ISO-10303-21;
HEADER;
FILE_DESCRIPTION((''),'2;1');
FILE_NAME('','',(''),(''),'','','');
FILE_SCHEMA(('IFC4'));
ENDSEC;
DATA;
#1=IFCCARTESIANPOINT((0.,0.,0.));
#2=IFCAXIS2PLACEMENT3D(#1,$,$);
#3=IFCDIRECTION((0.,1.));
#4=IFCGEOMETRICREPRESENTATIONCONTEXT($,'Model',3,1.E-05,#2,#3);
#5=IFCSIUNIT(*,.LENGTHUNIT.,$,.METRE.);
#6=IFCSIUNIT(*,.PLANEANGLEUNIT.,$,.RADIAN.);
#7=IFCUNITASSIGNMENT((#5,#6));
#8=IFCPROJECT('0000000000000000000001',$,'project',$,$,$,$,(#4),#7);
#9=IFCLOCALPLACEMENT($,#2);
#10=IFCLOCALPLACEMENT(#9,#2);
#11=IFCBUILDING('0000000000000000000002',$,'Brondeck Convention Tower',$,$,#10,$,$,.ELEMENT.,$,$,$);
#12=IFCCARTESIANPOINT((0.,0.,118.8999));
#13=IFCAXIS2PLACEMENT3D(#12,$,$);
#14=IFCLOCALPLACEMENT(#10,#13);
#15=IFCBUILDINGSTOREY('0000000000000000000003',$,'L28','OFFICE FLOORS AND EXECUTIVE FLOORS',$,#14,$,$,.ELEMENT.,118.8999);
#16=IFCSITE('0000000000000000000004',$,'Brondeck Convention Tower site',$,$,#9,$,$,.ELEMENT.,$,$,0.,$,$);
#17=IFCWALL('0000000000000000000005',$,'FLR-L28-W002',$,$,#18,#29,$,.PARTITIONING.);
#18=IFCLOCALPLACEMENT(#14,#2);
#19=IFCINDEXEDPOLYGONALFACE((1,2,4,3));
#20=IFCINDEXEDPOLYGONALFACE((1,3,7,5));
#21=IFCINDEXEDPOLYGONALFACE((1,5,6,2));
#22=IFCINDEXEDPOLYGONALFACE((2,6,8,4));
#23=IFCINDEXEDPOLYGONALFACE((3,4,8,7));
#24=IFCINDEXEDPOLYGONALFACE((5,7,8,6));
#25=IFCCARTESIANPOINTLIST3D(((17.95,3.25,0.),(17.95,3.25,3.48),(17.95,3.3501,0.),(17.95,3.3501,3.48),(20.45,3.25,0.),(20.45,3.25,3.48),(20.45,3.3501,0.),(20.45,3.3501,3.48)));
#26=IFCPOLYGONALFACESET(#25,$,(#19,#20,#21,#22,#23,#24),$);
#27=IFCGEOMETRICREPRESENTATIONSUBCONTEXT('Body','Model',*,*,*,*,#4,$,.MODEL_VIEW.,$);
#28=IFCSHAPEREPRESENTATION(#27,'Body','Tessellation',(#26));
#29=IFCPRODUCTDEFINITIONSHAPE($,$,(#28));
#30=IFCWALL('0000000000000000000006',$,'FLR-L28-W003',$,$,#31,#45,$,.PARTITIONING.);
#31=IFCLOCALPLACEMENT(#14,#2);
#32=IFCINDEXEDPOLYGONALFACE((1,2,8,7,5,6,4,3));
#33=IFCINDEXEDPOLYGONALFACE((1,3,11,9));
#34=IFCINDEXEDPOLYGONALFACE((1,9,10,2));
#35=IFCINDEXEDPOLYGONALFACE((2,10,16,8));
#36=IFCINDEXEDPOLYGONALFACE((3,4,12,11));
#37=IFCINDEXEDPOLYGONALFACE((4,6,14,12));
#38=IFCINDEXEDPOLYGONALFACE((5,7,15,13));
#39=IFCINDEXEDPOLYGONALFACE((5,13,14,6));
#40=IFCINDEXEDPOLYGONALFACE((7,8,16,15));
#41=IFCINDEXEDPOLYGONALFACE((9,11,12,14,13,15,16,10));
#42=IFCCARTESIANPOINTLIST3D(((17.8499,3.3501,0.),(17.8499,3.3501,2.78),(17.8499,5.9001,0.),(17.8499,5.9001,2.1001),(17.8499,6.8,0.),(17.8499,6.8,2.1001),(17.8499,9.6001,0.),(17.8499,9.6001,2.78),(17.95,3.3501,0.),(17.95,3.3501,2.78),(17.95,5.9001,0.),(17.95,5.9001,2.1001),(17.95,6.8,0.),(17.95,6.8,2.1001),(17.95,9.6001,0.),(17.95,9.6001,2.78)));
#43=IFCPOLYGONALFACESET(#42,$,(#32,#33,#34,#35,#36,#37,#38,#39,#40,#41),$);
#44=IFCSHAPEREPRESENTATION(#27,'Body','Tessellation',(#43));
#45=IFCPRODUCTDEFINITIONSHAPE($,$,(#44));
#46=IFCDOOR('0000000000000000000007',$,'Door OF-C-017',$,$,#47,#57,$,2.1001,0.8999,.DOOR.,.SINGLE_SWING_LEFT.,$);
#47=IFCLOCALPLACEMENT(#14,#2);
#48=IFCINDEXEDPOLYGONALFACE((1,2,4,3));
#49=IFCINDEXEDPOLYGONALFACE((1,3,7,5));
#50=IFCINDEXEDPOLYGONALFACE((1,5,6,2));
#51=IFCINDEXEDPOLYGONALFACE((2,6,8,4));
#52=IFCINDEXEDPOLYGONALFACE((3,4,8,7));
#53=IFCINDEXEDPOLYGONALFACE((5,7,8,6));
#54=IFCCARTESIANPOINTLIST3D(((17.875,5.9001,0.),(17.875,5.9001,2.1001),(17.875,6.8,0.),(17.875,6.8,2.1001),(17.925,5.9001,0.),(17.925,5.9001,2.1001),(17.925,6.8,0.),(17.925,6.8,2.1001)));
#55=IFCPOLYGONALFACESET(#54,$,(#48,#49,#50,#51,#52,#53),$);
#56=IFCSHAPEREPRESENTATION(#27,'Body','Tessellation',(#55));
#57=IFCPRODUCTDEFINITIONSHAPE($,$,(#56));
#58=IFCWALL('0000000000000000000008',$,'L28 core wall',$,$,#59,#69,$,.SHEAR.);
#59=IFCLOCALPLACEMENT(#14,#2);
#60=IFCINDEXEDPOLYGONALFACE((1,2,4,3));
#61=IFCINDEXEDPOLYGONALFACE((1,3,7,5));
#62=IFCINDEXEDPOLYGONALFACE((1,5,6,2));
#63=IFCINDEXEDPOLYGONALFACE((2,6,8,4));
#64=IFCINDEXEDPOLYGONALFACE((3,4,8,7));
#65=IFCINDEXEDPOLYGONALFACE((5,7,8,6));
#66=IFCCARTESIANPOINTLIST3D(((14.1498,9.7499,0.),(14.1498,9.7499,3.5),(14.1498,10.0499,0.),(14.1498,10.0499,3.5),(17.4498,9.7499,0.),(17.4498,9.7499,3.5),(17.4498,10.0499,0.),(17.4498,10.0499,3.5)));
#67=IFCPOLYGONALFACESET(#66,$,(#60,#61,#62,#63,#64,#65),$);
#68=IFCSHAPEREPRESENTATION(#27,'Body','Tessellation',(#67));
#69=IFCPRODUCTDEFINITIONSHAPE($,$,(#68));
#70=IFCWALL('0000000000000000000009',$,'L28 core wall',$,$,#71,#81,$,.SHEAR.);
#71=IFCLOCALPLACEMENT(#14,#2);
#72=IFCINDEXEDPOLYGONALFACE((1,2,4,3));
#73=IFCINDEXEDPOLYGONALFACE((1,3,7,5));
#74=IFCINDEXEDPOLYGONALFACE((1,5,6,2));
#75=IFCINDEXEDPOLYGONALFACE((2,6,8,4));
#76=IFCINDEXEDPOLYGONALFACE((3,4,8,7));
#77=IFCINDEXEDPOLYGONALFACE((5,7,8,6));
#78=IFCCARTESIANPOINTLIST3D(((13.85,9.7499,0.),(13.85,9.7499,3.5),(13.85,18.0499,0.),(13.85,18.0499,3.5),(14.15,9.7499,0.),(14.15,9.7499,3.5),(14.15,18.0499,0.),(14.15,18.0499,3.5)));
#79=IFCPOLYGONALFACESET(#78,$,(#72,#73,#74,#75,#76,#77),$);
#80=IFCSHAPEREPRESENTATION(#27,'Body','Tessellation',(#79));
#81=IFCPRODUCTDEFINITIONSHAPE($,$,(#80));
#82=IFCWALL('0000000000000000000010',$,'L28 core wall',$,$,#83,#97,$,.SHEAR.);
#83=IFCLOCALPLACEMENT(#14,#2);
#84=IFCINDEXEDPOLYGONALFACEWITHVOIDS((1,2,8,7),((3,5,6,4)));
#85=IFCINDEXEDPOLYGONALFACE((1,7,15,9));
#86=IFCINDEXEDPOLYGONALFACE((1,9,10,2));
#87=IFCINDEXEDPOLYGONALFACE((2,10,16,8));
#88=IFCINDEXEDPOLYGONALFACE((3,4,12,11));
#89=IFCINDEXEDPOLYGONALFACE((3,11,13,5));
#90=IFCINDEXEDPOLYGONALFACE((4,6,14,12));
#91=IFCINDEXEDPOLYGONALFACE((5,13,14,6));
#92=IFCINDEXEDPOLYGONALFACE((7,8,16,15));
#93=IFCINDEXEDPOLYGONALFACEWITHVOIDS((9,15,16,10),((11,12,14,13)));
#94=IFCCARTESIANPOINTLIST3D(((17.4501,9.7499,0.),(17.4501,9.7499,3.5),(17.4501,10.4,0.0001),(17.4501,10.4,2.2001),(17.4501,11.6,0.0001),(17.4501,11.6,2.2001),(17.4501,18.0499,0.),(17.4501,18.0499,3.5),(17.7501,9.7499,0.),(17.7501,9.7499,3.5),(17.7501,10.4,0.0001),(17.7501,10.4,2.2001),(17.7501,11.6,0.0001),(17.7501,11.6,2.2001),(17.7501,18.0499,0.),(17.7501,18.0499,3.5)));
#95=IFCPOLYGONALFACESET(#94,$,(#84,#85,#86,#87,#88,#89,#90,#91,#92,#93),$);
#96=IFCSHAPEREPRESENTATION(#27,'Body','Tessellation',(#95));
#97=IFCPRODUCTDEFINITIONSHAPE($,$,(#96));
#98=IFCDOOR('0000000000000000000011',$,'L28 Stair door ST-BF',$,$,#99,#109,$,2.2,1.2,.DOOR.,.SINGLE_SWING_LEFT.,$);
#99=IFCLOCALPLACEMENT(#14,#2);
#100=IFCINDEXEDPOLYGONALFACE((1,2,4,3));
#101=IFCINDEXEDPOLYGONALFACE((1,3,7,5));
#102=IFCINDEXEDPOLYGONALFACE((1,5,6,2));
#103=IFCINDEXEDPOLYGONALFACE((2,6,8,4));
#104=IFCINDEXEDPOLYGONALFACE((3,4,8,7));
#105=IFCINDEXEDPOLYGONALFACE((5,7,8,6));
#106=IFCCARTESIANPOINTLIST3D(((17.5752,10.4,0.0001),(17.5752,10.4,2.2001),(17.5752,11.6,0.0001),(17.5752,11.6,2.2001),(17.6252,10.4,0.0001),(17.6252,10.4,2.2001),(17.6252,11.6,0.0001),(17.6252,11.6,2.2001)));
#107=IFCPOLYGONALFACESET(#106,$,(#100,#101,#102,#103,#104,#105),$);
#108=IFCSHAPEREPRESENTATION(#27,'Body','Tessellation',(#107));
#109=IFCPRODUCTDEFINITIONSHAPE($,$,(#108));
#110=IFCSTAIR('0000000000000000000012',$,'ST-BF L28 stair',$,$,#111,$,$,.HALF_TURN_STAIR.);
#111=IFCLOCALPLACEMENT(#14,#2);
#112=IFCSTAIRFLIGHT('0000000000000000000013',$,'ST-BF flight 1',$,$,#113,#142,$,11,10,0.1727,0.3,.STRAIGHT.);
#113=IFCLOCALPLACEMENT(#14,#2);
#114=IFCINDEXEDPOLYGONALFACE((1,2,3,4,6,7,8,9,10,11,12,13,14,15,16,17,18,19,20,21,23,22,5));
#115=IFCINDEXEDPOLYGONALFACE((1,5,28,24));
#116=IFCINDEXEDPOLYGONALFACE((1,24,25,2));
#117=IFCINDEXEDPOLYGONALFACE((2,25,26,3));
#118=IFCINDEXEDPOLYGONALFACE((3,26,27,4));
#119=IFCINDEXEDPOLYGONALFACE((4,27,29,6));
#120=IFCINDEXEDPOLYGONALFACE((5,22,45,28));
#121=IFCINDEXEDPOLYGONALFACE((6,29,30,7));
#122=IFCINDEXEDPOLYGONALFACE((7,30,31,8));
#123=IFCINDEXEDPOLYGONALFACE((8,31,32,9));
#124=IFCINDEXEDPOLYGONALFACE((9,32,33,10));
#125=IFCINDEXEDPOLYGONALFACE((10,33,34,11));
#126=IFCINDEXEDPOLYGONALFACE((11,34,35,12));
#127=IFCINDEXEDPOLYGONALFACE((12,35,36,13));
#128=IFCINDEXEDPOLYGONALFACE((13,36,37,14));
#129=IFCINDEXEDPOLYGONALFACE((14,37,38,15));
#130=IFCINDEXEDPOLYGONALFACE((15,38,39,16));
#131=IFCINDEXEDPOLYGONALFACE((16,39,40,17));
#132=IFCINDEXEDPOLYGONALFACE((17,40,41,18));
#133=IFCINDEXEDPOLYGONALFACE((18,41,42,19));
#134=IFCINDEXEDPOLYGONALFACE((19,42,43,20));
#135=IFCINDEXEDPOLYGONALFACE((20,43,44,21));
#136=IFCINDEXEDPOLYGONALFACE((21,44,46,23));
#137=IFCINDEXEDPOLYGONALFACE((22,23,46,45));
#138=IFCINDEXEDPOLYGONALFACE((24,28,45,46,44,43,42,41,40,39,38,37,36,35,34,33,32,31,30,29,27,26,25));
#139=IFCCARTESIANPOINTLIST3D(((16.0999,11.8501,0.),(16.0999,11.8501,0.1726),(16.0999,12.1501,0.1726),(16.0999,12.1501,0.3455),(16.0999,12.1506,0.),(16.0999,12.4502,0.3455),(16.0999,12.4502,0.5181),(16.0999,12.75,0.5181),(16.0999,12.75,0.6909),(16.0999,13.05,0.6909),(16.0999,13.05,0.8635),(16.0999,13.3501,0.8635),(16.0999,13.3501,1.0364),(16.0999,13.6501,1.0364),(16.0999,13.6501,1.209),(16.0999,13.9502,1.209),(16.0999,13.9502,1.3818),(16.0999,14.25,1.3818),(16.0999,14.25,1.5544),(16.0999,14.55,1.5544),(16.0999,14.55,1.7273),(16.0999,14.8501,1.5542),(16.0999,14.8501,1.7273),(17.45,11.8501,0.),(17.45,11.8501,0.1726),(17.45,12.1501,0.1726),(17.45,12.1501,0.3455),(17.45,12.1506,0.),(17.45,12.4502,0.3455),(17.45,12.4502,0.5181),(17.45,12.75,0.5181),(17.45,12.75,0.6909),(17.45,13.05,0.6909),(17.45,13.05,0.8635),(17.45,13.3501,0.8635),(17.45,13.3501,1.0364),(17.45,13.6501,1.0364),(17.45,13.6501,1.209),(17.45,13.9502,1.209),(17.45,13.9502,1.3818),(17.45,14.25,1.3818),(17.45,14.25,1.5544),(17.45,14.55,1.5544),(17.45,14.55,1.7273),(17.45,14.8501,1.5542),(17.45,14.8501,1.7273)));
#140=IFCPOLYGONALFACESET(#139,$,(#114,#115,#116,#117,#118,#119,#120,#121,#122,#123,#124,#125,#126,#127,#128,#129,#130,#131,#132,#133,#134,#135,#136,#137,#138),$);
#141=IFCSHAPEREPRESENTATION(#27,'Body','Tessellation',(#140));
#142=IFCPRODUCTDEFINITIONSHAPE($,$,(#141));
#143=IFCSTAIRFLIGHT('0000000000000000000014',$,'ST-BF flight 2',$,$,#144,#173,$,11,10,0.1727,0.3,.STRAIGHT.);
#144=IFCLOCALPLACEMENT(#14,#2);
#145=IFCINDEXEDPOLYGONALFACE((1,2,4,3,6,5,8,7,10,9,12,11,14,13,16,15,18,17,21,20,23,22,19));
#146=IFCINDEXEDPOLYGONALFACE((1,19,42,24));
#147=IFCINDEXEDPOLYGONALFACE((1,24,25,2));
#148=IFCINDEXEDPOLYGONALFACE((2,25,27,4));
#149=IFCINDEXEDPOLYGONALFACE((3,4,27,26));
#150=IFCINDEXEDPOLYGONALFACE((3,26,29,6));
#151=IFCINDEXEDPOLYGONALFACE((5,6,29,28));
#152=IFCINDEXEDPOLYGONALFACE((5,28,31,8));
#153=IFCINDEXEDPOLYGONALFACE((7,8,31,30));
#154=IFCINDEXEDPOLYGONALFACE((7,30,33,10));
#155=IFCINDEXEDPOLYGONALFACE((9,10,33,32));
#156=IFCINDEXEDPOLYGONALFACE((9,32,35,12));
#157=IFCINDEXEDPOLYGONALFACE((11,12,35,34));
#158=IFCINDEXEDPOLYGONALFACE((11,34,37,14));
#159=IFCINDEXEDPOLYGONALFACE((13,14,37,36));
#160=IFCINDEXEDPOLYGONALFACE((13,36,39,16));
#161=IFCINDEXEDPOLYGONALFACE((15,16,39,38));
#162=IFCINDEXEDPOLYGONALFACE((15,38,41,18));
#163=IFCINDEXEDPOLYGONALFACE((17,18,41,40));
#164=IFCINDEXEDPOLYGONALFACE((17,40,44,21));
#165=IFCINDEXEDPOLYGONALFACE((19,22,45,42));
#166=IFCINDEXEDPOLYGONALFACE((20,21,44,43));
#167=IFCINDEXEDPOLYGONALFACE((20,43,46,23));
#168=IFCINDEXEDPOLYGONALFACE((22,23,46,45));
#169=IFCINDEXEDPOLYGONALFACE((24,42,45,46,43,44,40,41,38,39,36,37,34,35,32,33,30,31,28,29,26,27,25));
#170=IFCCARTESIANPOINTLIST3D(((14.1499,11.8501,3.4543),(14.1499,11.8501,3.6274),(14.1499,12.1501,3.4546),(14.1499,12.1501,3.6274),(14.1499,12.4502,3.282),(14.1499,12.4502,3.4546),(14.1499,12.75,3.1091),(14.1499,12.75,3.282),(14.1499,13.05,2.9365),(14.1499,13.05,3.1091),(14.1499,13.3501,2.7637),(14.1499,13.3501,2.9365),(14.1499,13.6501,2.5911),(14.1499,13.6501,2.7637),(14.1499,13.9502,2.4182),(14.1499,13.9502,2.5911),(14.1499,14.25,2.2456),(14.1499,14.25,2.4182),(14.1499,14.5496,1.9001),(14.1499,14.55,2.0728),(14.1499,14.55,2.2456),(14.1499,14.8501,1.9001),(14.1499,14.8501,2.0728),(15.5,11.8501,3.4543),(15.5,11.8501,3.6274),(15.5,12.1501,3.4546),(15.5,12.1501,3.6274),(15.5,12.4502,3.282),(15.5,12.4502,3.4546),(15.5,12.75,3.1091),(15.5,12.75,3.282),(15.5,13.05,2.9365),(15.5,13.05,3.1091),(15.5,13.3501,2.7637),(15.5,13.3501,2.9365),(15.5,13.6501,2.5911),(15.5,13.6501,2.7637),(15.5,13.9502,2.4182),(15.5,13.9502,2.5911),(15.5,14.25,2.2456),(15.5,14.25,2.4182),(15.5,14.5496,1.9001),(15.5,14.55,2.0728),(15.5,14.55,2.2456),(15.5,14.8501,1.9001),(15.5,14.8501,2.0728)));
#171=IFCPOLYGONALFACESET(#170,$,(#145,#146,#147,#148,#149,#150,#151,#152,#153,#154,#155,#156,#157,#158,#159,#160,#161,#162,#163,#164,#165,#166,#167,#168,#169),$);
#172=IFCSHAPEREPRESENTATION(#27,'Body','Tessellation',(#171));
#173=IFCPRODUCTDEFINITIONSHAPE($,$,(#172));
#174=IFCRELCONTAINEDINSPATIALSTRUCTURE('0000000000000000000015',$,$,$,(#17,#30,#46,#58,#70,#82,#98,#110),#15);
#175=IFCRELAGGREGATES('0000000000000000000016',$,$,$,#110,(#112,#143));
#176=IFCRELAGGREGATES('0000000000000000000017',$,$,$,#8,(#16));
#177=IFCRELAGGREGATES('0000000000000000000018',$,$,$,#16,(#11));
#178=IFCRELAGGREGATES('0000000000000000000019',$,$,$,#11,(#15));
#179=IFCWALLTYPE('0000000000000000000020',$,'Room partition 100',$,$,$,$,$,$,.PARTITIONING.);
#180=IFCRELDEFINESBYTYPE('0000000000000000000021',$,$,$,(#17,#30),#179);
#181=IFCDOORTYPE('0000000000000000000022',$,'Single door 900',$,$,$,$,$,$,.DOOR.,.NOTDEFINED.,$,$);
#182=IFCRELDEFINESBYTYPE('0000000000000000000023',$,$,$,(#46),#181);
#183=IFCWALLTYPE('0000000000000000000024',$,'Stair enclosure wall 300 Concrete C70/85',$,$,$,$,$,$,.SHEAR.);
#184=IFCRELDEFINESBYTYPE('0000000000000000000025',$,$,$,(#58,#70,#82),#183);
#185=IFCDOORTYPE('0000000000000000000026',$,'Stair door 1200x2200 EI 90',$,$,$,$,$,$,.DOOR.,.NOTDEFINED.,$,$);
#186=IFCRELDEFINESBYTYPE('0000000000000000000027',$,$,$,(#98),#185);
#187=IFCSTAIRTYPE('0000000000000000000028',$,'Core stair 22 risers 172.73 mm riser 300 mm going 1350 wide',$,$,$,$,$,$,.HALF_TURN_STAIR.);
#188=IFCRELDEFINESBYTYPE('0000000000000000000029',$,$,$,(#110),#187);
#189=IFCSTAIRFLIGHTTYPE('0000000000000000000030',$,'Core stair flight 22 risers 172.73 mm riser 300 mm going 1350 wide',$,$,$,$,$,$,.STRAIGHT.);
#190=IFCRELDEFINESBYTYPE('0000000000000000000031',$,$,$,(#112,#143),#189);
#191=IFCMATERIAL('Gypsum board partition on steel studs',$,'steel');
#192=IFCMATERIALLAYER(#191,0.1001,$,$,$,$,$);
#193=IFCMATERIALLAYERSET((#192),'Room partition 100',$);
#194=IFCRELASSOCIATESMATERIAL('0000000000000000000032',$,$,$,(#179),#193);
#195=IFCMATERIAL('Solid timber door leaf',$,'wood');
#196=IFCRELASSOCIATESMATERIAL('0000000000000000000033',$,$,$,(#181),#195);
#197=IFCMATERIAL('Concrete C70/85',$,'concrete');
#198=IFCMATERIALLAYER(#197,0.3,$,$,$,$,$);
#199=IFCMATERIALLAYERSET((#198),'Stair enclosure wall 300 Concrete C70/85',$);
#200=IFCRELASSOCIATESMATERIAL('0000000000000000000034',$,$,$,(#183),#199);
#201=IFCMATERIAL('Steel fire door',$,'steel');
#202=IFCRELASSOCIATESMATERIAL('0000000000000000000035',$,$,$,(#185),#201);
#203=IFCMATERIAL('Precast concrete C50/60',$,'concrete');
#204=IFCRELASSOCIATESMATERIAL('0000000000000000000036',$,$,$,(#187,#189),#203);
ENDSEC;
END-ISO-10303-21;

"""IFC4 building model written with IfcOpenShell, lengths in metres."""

from ifc_helpers import new_model, si_unit, direction, frame, frame_2d, origin, place, context, subcontext, project, spatial, polyline, rectangle, outline, extrude, material, layer, layer_set, type_object, element, fill, aggregate, save


model = new_model("IFC4")

# Units and contexts
model_context = context("Model", 3, precision=1e-05, world=origin(), true_north=direction((0.0, 1.0)))
body_context = subcontext(model_context, "Body", "Model", "MODEL_VIEW")
ifc_project = project(units=[si_unit("LENGTHUNIT", "METRE"), si_unit("PLANEANGLEUNIT", "RADIAN")], contexts=[model_context])

# Site, building, storey
site_placement = place(None, origin())
site = spatial("IfcSite", under=ifc_project, at=site_placement, Name="Brondeck Convention Tower site", CompositionType="ELEMENT", RefElevation=0.0)
building_placement = place(site_placement, origin())
building = spatial("IfcBuilding", under=site, at=building_placement, Name="Brondeck Convention Tower", CompositionType="ELEMENT")
storey_placement = place(building_placement, frame((0.0, 0.0, 118.8999)))
storey = spatial("IfcBuildingStorey", under=building, at=storey_placement, Name="L28", Description="OFFICE FLOORS AND EXECUTIVE FLOORS", CompositionType="ELEMENT", Elevation=118.8999)

# Shared definitions
ifc_material_1 = material(Name="Concrete C70/85", Category="concrete")

# Wall
ifc_material_2 = material(Name="Gypsum board partition on steel studs", Category="steel")
ifc_layer_1 = layer(ifc_material_2, 0.1001)
ifc_layer_set_1 = layer_set([ifc_layer_1], Name="Room partition 100")
wall_type_1 = type_object("IfcWallType", Name="Room partition 100", PredefinedType="PARTITIONING", material=ifc_layer_set_1)
wall_1_placement = place(storey_placement, frame((20.45, 3.3, 0.0), z_axis=(0.0, 0.0, 1.0), x_axis=(-1.0, 0.0, 0.0)))
element("IfcWall", 1, at=wall_1_placement, inside=storey, type_object=wall_type_1, Name="FLR-L28-W002", PredefinedType="PARTITIONING", context=body_context, shape_type="SweptSolid", body=[
    extrude(rectangle(XDim=2.5, YDim=0.1001, at=frame_2d((1.25, 0.0))), origin(), (0.0, 0.0, 1.0), 3.48),
])

# Wall, opening, door
wall_2_placement = place(storey_placement, frame((17.8999, 3.3501, 0.0), z_axis=(0.0, 0.0, 1.0), x_axis=(0.0, 1.0, 0.0)))
wall_2 = element("IfcWall", 2, at=wall_2_placement, inside=storey, type_object=wall_type_1, Name="FLR-L28-W003", PredefinedType="PARTITIONING", context=body_context, shape_type="SweptSolid", body=[
    extrude(rectangle(XDim=6.25, YDim=0.1001, at=frame_2d((3.125, 0.0))), origin(), (0.0, 0.0, 1.0), 2.78),
])
opening_1_placement = place(wall_2_placement, frame((2.55, 0.0, 0.0)))
opening_1 = element("IfcOpeningElement", 3, at=opening_1_placement, cuts=wall_2, PredefinedType="OPENING", context=body_context, shape_type="SweptSolid", body=[
    extrude(rectangle(XDim=0.8999, YDim=2.1001, at=frame_2d((0.45, 1.05))), frame((0.0, 0.0601, 0.0), z_axis=(0.0, -1.0, 0.0), x_axis=(1.0, 0.0, 0.0)), (0.0, 0.0, 1.0), 0.1201),
])
ifc_material_3 = material(Name="Solid timber door leaf", Category="wood")
door_type_1 = type_object("IfcDoorType", Name="Single door 900", OperationType="NOTDEFINED", PredefinedType="DOOR", material=ifc_material_3)
door_1_placement = place(opening_1_placement, origin())
door_1 = element("IfcDoor", 4, at=door_1_placement, inside=storey, type_object=door_type_1, Name="Door OF-C-017", OperationType="SINGLE_SWING_LEFT", OverallHeight=2.1001, OverallWidth=0.8999, PredefinedType="DOOR", context=body_context, shape_type="SweptSolid", body=[
    extrude(rectangle(XDim=0.8999, YDim=2.1001, at=frame_2d((0.45, 1.05))), frame((0.0, 0.0249, 0.0), z_axis=(0.0, -1.0, 0.0), x_axis=(1.0, 0.0, 0.0)), (0.0, 0.0, 1.0), 0.05),
])
fill(opening_1, door_1)

# Walls
ifc_layer_2 = layer(ifc_material_1, 0.3)
ifc_layer_set_2 = layer_set([ifc_layer_2], Name="Stair enclosure wall 300 Concrete C70/85")
wall_type_2 = type_object("IfcWallType", Name="Stair enclosure wall 300 Concrete C70/85", PredefinedType="SHEAR", material=ifc_layer_set_2)
wall_3_placement = place(storey_placement, frame((14.1499, 9.8999, 0.0), z_axis=(0.0, 0.0, 1.0), x_axis=(1.0, 0.0, 0.0)))
element("IfcWall", 5, at=wall_3_placement, inside=storey, type_object=wall_type_2, Name="L28 core wall", PredefinedType="SHEAR", context=body_context, shape_type="SweptSolid", body=[
    extrude(rectangle(XDim=3.3, YDim=0.3, at=frame_2d((1.6499, 0.0))), origin(), (0.0, 0.0, 1.0), 3.5),
])
wall_4_placement = place(storey_placement, frame((14.0, 9.75, 0.0), z_axis=(0.0, 0.0, 1.0), x_axis=(0.0, 1.0, 0.0)))
element("IfcWall", 6, at=wall_4_placement, inside=storey, type_object=wall_type_2, Name="L28 core wall", PredefinedType="SHEAR", context=body_context, shape_type="SweptSolid", body=[
    extrude(rectangle(XDim=8.3, YDim=0.3, at=frame_2d((4.1499, 0.0))), origin(), (0.0, 0.0, 1.0), 3.5),
])

# Wall, opening, door
wall_5_placement = place(storey_placement, frame((17.6001, 9.75, 0.0), z_axis=(0.0, 0.0, 1.0), x_axis=(0.0, 1.0, 0.0)))
wall_5 = element("IfcWall", 7, at=wall_5_placement, inside=storey, type_object=wall_type_2, Name="L28 core wall", PredefinedType="SHEAR", context=body_context, shape_type="SweptSolid", body=[
    extrude(rectangle(XDim=8.3, YDim=0.3, at=frame_2d((4.1499, 0.0))), origin(), (0.0, 0.0, 1.0), 3.5),
])
opening_2_placement = place(wall_5_placement, frame((0.6499, 0.0, 0.0)))
opening_2 = element("IfcOpeningElement", 8, at=opening_2_placement, cuts=wall_5, PredefinedType="OPENING", context=body_context, shape_type="SweptSolid", body=[
    extrude(rectangle(XDim=1.2, YDim=2.2, at=frame_2d((0.6001, 1.1001))), frame((0.0, 0.1599, 0.0), z_axis=(0.0, -1.0, 0.0), x_axis=(1.0, 0.0, 0.0)), (0.0, 0.0, 1.0), 0.3201),
])
ifc_material_4 = material(Name="Steel fire door", Category="steel")
door_type_2 = type_object("IfcDoorType", Name="Stair door 1200x2200 EI 90", OperationType="NOTDEFINED", PredefinedType="DOOR", material=ifc_material_4)
door_2_placement = place(opening_2_placement, origin())
door_2 = element("IfcDoor", 9, at=door_2_placement, inside=storey, type_object=door_type_2, Name="L28 Stair door ST-BF", OperationType="SINGLE_SWING_LEFT", OverallHeight=2.2, OverallWidth=1.2, PredefinedType="DOOR", context=body_context, shape_type="SweptSolid", body=[
    extrude(rectangle(XDim=1.2, YDim=2.2, at=frame_2d((0.6001, 1.1001))), frame((0.0, 0.0249, 0.0), z_axis=(0.0, -1.0, 0.0), x_axis=(1.0, 0.0, 0.0)), (0.0, 0.0, 1.0), 0.05),
])
fill(opening_2, door_2)

# Stair, stair flights
ifc_material_5 = material(Name="Precast concrete C50/60", Category="concrete")
stair_type = type_object("IfcStairType", Name="Core stair 22 risers 172.73 mm riser 300 mm going 1350 wide", PredefinedType="HALF_TURN_STAIR", material=ifc_material_5)
stair_placement = place(storey_placement, origin())
stair = element("IfcStair", 10, at=stair_placement, inside=storey, type_object=stair_type, Name="ST-BF L28 stair", PredefinedType="HALF_TURN_STAIR")
stair_flight_type = type_object("IfcStairFlightType", Name="Core stair flight 22 risers 172.73 mm riser 300 mm going 1350 wide", PredefinedType="STRAIGHT", material=ifc_material_5)
stair_flight_1_placement = place(storey_placement, frame((16.7749, 11.8501, 0.0), z_axis=(0.0, 0.0, 1.0), x_axis=(0.0, 1.0, 0.0)))
stair_flight_1 = element("IfcStairFlight", 11, at=stair_flight_1_placement, type_object=stair_flight_type, Name="ST-BF flight 1", NumberOfRisers=11, NumberOfTreads=10, PredefinedType="STRAIGHT", RiserHeight=0.1727, TreadLength=0.3, context=body_context, shape_type="SweptSolid", body=[
    extrude(outline(polyline([(0.0, 0.0), (0.0, 0.1726), (0.3, 0.1726), (0.3, 0.3455), (0.6001, 0.3455), (0.6001, 0.5181), (0.8999, 0.5181), (0.8999, 0.6909), (1.2, 0.6909), (1.2, 0.8635), (1.5, 0.8635), (1.5, 1.0364), (1.8, 1.0364), (1.8, 1.209), (2.1001, 1.209), (2.1001, 1.3818), (2.3999, 1.3818), (2.3999, 1.5544), (2.7, 1.5544), (2.7, 1.7273), (3.0, 1.7273), (3.0, 1.8999), (3.0, 1.5542), (0.3005, 0.0), (0.0, 0.0)])), frame((0.0, 0.675, 0.0), z_axis=(0.0, -1.0, 0.0), x_axis=(1.0, 0.0, 0.0)), (0.0, 0.0, 1.0), 1.3501),
])
stair_flight_2_placement = place(storey_placement, frame((14.825, 14.8501, 1.9001), z_axis=(0.0, 0.0, 1.0), x_axis=(0.0, -1.0, 0.0)))
stair_flight_2 = element("IfcStairFlight", 12, at=stair_flight_2_placement, type_object=stair_flight_type, Name="ST-BF flight 2", NumberOfRisers=11, NumberOfTreads=10, PredefinedType="STRAIGHT", RiserHeight=0.1727, TreadLength=0.3, context=body_context, shape_type="SweptSolid", body=[
    extrude(outline(polyline([(0.0, 0.0), (0.0, 0.1726), (0.3, 0.1726), (0.3, 0.3455), (0.6001, 0.3455), (0.6001, 0.5181), (0.8999, 0.5181), (0.8999, 0.6909), (1.2, 0.6909), (1.2, 0.8635), (1.5, 0.8635), (1.5, 1.0364), (1.8, 1.0364), (1.8, 1.209), (2.1001, 1.209), (2.1001, 1.3818), (2.3999, 1.3818), (2.3999, 1.5544), (2.7, 1.5544), (2.7, 1.7273), (3.0, 1.7273), (3.0, 1.8999), (3.0, 1.5542), (0.3005, 0.0), (0.0, 0.0)])), frame((0.0, 0.675, 0.0), z_axis=(0.0, -1.0, 0.0), x_axis=(1.0, 0.0, 0.0)), (0.0, 0.0, 1.0), 1.3501),
])
aggregate(stair, [stair_flight_1, stair_flight_2])

save(model, "model.ifc")
